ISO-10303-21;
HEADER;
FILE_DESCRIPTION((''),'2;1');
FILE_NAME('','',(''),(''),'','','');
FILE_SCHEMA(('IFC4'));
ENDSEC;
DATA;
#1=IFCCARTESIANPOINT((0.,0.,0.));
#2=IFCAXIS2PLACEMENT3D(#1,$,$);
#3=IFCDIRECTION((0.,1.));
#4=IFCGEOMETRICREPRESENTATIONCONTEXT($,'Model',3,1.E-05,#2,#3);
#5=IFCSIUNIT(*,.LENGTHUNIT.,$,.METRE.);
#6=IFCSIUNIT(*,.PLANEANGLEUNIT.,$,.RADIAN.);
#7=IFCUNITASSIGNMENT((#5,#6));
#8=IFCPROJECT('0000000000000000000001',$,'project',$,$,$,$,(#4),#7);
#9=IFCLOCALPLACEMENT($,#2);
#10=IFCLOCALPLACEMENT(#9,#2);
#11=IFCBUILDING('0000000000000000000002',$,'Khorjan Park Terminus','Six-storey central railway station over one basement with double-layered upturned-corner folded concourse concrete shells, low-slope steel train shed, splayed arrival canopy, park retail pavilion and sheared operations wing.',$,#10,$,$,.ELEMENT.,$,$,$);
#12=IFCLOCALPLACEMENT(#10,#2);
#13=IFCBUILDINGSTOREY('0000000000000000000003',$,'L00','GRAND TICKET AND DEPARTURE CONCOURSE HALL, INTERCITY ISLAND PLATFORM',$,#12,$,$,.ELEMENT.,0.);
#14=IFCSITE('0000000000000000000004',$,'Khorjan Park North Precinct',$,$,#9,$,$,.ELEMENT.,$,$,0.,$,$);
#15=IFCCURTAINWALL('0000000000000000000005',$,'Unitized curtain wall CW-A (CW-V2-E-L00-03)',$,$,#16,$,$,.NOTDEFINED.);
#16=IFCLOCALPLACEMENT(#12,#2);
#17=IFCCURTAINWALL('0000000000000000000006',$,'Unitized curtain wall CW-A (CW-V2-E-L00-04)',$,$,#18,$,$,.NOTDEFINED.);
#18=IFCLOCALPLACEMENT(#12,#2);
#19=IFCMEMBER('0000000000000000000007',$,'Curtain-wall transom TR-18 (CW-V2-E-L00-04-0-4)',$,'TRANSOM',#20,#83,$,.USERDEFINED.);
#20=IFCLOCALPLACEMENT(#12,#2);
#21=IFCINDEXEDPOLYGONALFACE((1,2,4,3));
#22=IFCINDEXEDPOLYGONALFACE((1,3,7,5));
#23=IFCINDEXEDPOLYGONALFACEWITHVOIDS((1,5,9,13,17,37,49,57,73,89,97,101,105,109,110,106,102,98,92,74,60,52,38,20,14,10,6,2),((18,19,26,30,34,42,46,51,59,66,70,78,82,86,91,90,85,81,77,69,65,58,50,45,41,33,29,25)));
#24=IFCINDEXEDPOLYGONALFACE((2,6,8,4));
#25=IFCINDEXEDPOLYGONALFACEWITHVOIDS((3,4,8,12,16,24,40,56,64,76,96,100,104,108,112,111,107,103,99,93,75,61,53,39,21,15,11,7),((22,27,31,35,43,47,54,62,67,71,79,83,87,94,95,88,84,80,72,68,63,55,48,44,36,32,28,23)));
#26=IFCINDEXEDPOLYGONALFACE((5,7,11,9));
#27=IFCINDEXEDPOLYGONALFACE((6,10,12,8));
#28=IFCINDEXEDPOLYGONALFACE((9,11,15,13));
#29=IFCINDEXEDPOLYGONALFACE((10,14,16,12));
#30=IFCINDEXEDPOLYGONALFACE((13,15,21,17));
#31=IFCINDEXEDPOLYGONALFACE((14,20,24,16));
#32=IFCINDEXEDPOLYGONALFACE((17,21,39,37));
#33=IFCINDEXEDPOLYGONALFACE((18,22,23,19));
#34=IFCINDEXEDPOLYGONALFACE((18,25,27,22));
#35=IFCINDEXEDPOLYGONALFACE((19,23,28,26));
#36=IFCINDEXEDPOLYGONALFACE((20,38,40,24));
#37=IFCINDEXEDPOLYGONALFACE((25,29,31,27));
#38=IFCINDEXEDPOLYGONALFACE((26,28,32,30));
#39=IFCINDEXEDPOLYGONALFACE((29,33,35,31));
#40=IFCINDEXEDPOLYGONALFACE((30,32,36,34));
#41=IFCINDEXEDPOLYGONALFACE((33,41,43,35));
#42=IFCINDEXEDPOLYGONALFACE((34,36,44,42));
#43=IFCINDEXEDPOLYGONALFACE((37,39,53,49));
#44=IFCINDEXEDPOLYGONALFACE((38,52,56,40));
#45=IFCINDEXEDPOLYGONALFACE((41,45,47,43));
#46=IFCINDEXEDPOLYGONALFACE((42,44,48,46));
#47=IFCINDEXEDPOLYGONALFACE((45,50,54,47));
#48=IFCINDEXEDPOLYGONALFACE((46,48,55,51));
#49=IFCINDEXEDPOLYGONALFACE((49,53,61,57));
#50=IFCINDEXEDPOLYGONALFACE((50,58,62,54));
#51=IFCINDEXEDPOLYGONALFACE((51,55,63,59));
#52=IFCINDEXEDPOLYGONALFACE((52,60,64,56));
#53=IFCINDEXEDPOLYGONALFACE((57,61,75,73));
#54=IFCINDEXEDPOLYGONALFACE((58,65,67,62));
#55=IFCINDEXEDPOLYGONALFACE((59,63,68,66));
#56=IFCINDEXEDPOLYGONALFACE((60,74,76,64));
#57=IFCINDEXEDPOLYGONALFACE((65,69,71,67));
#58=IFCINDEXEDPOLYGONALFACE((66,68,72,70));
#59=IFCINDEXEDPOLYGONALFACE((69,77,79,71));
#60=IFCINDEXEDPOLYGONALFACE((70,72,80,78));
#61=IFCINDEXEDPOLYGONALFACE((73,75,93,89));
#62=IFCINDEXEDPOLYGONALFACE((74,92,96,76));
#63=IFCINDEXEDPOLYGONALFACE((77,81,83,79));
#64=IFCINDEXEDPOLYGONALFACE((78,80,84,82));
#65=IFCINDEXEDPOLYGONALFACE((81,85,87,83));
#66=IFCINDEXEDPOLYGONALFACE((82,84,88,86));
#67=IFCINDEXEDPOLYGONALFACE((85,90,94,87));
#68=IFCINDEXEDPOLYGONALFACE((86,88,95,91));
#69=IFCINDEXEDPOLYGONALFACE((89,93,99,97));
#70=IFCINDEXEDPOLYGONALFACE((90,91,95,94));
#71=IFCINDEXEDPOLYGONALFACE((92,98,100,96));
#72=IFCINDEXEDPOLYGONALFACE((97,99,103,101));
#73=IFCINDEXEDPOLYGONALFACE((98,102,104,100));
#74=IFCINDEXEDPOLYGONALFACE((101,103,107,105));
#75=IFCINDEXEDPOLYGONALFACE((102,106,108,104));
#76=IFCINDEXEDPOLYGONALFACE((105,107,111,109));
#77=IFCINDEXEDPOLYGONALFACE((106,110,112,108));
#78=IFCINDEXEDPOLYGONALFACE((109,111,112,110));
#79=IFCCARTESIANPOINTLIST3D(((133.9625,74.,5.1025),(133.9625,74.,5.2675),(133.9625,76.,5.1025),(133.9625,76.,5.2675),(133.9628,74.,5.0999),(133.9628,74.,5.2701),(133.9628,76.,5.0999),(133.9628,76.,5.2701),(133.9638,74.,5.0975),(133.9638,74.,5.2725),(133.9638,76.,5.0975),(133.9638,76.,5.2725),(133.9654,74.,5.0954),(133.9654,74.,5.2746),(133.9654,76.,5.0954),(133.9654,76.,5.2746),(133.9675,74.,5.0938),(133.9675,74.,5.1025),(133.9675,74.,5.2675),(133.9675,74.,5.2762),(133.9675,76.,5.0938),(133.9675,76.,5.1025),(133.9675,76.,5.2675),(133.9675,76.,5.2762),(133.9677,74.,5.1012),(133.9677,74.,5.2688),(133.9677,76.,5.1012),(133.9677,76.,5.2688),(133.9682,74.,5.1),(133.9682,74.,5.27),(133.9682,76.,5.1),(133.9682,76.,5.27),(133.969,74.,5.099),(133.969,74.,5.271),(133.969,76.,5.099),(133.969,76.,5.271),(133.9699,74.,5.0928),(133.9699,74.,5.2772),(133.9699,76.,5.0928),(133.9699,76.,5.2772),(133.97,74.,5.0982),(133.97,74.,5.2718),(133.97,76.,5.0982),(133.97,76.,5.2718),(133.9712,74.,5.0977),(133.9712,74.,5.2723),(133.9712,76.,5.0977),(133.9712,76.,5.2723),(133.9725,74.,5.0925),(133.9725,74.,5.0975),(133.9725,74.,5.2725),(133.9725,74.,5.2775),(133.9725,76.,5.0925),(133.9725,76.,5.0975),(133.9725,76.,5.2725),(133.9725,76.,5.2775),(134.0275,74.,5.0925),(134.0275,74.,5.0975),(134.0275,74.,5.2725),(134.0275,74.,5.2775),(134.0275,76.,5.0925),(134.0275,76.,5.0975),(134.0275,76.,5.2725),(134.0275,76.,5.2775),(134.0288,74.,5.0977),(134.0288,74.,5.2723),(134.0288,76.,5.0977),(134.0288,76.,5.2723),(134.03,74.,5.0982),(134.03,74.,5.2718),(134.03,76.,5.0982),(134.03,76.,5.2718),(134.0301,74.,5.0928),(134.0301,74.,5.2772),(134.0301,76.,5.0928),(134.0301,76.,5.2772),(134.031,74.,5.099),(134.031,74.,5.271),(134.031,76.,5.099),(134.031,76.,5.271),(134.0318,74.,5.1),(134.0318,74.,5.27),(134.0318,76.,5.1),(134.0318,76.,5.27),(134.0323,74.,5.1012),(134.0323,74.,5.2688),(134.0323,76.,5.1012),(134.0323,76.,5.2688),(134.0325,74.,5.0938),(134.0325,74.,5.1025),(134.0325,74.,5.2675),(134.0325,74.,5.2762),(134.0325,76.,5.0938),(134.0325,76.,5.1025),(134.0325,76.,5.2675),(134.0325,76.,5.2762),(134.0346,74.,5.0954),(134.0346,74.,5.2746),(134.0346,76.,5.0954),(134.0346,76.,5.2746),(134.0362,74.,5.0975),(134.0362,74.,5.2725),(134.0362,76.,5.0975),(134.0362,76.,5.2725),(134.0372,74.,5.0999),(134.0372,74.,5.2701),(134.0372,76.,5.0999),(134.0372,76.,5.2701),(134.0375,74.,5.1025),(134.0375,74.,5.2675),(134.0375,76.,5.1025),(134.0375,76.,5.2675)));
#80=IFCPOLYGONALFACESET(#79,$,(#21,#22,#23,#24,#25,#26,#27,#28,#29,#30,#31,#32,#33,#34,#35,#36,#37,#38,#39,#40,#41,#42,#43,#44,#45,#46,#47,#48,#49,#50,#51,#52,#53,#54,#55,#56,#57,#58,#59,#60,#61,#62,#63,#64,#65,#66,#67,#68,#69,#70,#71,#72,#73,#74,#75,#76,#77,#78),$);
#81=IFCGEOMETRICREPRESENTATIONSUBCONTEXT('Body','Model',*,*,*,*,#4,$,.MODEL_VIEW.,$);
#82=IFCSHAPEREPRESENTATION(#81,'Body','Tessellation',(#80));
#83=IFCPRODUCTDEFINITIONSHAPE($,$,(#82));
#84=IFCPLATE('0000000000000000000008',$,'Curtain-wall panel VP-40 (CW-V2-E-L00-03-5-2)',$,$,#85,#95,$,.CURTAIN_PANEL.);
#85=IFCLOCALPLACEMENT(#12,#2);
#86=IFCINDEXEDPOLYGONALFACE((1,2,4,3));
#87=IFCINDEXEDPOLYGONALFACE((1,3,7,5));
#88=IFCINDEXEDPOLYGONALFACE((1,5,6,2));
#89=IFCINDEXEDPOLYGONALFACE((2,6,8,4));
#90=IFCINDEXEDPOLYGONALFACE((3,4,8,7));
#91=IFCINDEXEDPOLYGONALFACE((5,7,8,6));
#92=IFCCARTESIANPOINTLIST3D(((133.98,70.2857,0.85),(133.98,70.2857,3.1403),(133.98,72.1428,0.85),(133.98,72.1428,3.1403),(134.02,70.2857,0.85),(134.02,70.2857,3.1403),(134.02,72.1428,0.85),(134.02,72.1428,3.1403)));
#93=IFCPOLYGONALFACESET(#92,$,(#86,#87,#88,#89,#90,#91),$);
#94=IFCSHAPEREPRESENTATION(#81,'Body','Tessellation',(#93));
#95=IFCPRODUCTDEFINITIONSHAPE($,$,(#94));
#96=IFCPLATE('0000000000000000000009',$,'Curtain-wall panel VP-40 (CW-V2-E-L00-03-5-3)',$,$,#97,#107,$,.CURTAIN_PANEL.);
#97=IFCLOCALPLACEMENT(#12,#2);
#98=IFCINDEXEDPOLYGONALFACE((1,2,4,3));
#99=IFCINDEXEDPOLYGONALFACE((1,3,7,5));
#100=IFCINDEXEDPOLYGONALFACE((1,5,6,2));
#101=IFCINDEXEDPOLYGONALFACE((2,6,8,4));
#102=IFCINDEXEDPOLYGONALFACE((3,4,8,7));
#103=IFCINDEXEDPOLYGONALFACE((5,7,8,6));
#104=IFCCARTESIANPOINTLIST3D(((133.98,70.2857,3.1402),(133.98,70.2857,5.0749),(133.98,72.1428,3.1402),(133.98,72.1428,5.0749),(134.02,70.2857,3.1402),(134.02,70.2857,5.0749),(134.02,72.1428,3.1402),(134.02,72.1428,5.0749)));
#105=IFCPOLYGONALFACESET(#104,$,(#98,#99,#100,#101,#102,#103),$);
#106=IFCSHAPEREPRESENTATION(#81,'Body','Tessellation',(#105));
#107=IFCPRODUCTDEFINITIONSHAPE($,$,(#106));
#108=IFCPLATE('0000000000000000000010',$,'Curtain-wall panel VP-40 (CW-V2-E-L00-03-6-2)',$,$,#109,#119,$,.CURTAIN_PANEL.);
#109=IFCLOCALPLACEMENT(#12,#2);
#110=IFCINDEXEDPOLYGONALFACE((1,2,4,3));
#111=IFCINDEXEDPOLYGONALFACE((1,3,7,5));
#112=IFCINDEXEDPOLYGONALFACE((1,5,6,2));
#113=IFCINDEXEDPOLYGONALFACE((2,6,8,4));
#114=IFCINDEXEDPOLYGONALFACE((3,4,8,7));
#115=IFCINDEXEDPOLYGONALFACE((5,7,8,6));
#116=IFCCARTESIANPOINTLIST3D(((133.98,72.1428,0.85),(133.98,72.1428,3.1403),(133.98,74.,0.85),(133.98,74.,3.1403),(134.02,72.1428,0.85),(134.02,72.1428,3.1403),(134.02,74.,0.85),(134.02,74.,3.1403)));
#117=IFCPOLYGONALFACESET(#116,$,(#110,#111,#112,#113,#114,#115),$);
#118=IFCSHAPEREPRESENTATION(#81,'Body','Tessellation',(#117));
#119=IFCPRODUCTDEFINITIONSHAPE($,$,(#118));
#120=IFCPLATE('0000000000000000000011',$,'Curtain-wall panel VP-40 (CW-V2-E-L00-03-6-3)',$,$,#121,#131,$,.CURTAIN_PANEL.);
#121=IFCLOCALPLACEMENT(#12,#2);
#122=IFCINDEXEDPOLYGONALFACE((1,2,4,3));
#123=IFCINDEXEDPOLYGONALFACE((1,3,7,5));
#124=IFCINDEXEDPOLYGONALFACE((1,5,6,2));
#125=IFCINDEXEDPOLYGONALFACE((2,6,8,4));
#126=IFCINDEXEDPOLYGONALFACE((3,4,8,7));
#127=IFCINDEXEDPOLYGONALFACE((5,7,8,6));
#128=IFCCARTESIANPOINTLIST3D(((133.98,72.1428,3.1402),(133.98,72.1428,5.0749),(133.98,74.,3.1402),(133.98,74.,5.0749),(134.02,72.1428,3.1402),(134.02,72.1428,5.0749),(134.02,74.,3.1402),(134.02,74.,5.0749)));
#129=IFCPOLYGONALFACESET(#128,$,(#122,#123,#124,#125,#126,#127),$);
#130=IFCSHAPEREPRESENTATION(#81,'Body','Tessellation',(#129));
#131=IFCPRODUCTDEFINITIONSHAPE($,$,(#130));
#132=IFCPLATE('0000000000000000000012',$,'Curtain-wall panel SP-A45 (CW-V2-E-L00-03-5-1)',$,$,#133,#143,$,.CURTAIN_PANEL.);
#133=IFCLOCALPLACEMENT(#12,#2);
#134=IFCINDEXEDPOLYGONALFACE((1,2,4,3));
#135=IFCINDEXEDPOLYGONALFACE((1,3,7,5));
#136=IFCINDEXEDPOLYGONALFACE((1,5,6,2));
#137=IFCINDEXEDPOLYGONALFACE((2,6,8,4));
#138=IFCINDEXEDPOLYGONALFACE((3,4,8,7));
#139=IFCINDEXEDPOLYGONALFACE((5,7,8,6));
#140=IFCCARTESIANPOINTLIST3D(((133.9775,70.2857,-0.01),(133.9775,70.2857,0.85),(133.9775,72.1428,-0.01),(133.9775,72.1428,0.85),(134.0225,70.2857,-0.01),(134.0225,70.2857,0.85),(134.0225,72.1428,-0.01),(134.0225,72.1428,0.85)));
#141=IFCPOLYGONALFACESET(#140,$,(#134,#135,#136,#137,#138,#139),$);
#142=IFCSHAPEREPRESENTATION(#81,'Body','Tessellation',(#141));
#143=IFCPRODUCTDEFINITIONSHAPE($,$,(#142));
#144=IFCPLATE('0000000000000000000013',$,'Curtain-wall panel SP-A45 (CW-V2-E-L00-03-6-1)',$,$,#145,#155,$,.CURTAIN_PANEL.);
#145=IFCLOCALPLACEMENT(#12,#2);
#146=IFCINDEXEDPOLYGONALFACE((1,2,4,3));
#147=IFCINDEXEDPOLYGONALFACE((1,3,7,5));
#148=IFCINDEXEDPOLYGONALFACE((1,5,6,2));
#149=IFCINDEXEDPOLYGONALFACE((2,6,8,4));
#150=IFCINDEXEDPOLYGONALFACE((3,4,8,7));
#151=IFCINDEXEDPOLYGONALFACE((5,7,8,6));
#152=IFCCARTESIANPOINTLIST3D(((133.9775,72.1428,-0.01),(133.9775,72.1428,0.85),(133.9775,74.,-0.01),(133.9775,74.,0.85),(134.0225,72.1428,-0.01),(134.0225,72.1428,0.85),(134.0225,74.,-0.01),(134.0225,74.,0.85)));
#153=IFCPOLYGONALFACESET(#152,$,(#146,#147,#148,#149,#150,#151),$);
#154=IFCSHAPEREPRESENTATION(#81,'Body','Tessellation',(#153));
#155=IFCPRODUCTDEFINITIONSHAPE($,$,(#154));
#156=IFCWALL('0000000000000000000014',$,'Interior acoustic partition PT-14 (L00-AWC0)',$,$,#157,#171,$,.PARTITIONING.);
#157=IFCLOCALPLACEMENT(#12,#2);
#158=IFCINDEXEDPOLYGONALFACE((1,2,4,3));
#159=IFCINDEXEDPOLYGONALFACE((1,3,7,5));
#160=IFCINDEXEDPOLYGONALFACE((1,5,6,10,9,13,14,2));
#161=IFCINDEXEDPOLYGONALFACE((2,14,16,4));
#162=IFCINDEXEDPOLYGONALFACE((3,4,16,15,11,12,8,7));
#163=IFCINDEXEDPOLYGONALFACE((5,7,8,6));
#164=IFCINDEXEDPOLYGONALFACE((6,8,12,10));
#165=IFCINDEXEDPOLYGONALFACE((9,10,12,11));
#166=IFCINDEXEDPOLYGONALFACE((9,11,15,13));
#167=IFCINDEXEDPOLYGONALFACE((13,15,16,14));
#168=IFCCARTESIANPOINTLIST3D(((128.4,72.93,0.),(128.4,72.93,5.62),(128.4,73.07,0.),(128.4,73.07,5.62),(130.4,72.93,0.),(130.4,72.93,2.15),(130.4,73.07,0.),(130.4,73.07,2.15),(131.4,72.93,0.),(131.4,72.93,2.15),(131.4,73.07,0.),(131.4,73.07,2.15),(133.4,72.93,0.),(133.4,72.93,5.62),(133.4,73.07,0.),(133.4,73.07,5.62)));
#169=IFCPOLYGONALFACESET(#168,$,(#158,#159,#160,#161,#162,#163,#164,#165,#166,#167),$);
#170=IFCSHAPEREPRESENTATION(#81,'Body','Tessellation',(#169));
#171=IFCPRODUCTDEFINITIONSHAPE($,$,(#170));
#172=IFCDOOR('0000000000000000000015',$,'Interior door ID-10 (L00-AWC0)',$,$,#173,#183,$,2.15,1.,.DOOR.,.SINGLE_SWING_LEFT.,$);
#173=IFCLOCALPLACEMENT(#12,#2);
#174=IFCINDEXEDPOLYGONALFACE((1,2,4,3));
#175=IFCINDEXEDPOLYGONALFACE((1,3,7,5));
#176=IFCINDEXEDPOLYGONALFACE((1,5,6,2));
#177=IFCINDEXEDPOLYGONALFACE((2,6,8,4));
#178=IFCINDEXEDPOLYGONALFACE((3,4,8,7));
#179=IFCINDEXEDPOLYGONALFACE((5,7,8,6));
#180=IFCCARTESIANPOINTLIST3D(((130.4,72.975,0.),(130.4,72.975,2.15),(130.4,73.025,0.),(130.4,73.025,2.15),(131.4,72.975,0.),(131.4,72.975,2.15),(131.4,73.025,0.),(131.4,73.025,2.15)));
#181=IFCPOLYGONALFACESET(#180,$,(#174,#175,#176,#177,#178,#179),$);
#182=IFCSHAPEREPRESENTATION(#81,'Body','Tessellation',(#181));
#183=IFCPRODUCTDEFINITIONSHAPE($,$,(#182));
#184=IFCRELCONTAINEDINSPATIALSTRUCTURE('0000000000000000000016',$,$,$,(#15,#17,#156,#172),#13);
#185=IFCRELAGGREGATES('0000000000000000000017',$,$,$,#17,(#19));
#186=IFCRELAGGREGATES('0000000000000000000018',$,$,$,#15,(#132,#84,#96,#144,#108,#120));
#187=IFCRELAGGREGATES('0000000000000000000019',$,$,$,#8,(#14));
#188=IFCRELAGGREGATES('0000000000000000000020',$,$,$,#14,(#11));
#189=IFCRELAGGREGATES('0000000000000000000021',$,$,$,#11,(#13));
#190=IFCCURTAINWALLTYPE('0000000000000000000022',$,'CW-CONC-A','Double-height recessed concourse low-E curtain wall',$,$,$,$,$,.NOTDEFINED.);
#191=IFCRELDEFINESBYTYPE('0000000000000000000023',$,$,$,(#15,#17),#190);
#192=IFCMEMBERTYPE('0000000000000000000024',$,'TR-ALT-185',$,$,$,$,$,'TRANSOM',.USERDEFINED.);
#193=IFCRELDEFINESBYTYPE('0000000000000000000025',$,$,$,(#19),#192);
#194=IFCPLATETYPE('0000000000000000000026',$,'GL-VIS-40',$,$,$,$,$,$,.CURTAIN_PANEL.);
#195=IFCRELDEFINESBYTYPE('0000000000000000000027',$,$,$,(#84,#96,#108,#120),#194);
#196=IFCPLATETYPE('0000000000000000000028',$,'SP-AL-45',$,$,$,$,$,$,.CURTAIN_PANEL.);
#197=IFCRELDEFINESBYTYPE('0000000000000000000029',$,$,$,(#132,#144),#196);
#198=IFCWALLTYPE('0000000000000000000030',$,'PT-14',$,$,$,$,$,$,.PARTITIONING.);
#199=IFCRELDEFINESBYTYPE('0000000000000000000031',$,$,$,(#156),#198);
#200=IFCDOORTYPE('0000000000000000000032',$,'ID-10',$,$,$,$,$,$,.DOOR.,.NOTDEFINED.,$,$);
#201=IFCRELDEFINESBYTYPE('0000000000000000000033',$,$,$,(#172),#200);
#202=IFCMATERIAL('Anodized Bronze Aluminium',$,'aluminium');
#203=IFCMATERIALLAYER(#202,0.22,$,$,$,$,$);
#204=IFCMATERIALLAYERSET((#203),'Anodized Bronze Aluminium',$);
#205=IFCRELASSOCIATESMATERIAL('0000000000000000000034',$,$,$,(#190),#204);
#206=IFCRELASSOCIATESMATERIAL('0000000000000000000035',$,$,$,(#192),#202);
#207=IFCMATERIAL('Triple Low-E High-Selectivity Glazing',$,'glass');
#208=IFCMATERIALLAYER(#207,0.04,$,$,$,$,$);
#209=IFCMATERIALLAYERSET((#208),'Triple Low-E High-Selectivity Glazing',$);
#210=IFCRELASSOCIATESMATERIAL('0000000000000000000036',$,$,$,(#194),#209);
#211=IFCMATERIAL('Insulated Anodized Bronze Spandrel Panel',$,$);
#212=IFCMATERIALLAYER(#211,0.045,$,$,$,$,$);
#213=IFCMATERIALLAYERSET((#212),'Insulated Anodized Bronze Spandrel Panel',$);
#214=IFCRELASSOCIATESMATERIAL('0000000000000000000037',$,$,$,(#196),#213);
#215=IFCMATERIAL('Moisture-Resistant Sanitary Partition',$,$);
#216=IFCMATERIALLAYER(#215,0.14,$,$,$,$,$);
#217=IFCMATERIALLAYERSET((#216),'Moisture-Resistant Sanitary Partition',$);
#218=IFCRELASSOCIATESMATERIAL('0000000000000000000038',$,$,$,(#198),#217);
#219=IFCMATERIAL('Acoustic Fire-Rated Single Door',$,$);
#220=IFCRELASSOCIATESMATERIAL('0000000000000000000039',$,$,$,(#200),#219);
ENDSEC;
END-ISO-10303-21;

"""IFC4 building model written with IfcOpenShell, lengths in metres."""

from ifc_helpers import new_model, si_unit, direction, frame, frame_2d, origin, origin_2d, place, context, subcontext, project, spatial, rectangle, hollow_rectangle, extrude, material, layer, layer_set, material_profile, profile_set, type_object, element, fill, aggregate, save


model = new_model("IFC4")

# Units and contexts
model_context = context("Model", 3, precision=1e-05, world=origin(), true_north=direction((0.0, 1.0)))
body_context = subcontext(model_context, "Body", "Model", "MODEL_VIEW")
ifc_project = project(units=[si_unit("LENGTHUNIT", "METRE"), si_unit("PLANEANGLEUNIT", "RADIAN")], contexts=[model_context])

# Site, building, storey
site_placement = place(None, origin())
site = spatial("IfcSite", under=ifc_project, at=site_placement, Name="Khorjan Park North Precinct", CompositionType="ELEMENT", RefElevation=0.0)
building_placement = place(site_placement, origin())
building = spatial("IfcBuilding", under=site, at=building_placement, Name="Khorjan Park Terminus", Description="Six-storey central railway station over one basement with double-layered upturned-corner folded concourse concrete shells, low-slope steel train shed, splayed arrival canopy, park retail pavilion and sheared operations wing.", CompositionType="ELEMENT")
storey_placement = place(building_placement, origin())
storey = spatial("IfcBuildingStorey", under=building, at=storey_placement, Name="L00", Description="GRAND TICKET AND DEPARTURE CONCOURSE HALL, INTERCITY ISLAND PLATFORM", CompositionType="ELEMENT", Elevation=0.0)

# Curtain walls, member
ifc_material_1 = material(Name="Anodized Bronze Aluminium", Category="aluminium")
ifc_layer_1 = layer(ifc_material_1, 0.22)
ifc_layer_set_1 = layer_set([ifc_layer_1], Name="Anodized Bronze Aluminium")
curtain_wall_type = type_object("IfcCurtainWallType", Name="CW-CONC-A", Description="Double-height recessed concourse low-E curtain wall", PredefinedType="NOTDEFINED", material=ifc_layer_set_1)
curtain_wall_1_placement = place(storey_placement, origin())
curtain_wall_1 = element("IfcCurtainWall", 1, at=curtain_wall_1_placement, inside=storey, type_object=curtain_wall_type, Name="Unitized curtain wall CW-A (CW-V2-E-L00-03)", PredefinedType="NOTDEFINED")
ifc_material_profile_1 = material_profile(ifc_material_1, hollow_rectangle(XDim=0.075, YDim=0.185, WallThickness=0.005, InnerFilletRadius=0.005, OuterFilletRadius=0.01, at=origin_2d()), Name="ALT 75x185x5")
ifc_profile_set_1 = profile_set([ifc_material_profile_1], Name="Anodized Bronze Aluminium")
member_type_1 = type_object("IfcMemberType", Name="TR-ALT-185", ElementType="TRANSOM", PredefinedType="USERDEFINED", material=ifc_profile_set_1)
curtain_wall_2_placement = place(storey_placement, origin())
curtain_wall_2 = element("IfcCurtainWall", 2, at=curtain_wall_2_placement, inside=storey, type_object=curtain_wall_type, Name="Unitized curtain wall CW-A (CW-V2-E-L00-04)", PredefinedType="NOTDEFINED")
member_1_placement = place(storey_placement, frame((134.0, 74.0, 5.185), z_axis=(0.0, 1.0, 0.0), x_axis=(-1.0, 0.0, 0.0)))
member_1 = element("IfcMember", 3, at=member_1_placement, type_object=member_type_1, Name="Curtain-wall transom TR-18 (CW-V2-E-L00-04-0-4)", ObjectType="TRANSOM", PredefinedType="USERDEFINED", context=body_context, shape_type="SweptSolid", body=[
    extrude(hollow_rectangle(XDim=0.075, YDim=0.185, WallThickness=0.005, InnerFilletRadius=0.005, OuterFilletRadius=0.01, at=origin_2d()), origin(), (0.0, 0.0, 1.0), 2.0),
])
aggregate(curtain_wall_2, [member_1])

# Plates
ifc_material_2 = material(Name="Triple Low-E High-Selectivity Glazing", Category="glass")
ifc_layer_2 = layer(ifc_material_2, 0.04)
ifc_layer_set_2 = layer_set([ifc_layer_2], Name="Triple Low-E High-Selectivity Glazing")
plate_type_1 = type_object("IfcPlateType", Name="GL-VIS-40", PredefinedType="CURTAIN_PANEL", material=ifc_layer_set_2)
plate_1_placement = place(storey_placement, frame((134.0, 71.2143, 0.85), z_axis=(0.0, 0.0, 1.0), x_axis=(0.0, 1.0, 0.0)))
plate_1 = element("IfcPlate", 4, at=plate_1_placement, type_object=plate_type_1, Name="Curtain-wall panel VP-40 (CW-V2-E-L00-03-5-2)", PredefinedType="CURTAIN_PANEL", context=body_context, shape_type="SweptSolid", body=[
    extrude(rectangle(XDim=1.8571, YDim=0.04, at=origin_2d()), origin(), (0.0, 0.0, 1.0), 2.2903),
])
plate_2_placement = place(storey_placement, frame((134.0, 71.2143, 3.1402), z_axis=(0.0, 0.0, 1.0), x_axis=(0.0, 1.0, 0.0)))
plate_2 = element("IfcPlate", 5, at=plate_2_placement, type_object=plate_type_1, Name="Curtain-wall panel VP-40 (CW-V2-E-L00-03-5-3)", PredefinedType="CURTAIN_PANEL", context=body_context, shape_type="SweptSolid", body=[
    extrude(rectangle(XDim=1.8571, YDim=0.04, at=origin_2d()), origin(), (0.0, 0.0, 1.0), 1.9347),
])
plate_3_placement = place(storey_placement, frame((134.0, 73.0714, 0.85), z_axis=(0.0, 0.0, 1.0), x_axis=(0.0, 1.0, 0.0)))
plate_3 = element("IfcPlate", 6, at=plate_3_placement, type_object=plate_type_1, Name="Curtain-wall panel VP-40 (CW-V2-E-L00-03-6-2)", PredefinedType="CURTAIN_PANEL", context=body_context, shape_type="SweptSolid", body=[
    extrude(rectangle(XDim=1.8571, YDim=0.04, at=origin_2d()), origin(), (0.0, 0.0, 1.0), 2.2903),
])
plate_4_placement = place(storey_placement, frame((134.0, 73.0714, 3.1402), z_axis=(0.0, 0.0, 1.0), x_axis=(0.0, 1.0, 0.0)))
plate_4 = element("IfcPlate", 7, at=plate_4_placement, type_object=plate_type_1, Name="Curtain-wall panel VP-40 (CW-V2-E-L00-03-6-3)", PredefinedType="CURTAIN_PANEL", context=body_context, shape_type="SweptSolid", body=[
    extrude(rectangle(XDim=1.8571, YDim=0.04, at=origin_2d()), origin(), (0.0, 0.0, 1.0), 1.9347),
])
ifc_material_3 = material(Name="Insulated Anodized Bronze Spandrel Panel")
ifc_layer_3 = layer(ifc_material_3, 0.045)
ifc_layer_set_3 = layer_set([ifc_layer_3], Name="Insulated Anodized Bronze Spandrel Panel")
plate_type_2 = type_object("IfcPlateType", Name="SP-AL-45", PredefinedType="CURTAIN_PANEL", material=ifc_layer_set_3)
plate_5_placement = place(storey_placement, frame((134.0, 71.2143, -0.01), z_axis=(0.0, 0.0, 1.0), x_axis=(0.0, 1.0, 0.0)))
plate_5 = element("IfcPlate", 8, at=plate_5_placement, type_object=plate_type_2, Name="Curtain-wall panel SP-A45 (CW-V2-E-L00-03-5-1)", PredefinedType="CURTAIN_PANEL", context=body_context, shape_type="SweptSolid", body=[
    extrude(rectangle(XDim=1.8571, YDim=0.045, at=origin_2d()), origin(), (0.0, 0.0, 1.0), 0.86),
])
plate_6_placement = place(storey_placement, frame((134.0, 73.0714, -0.01), z_axis=(0.0, 0.0, 1.0), x_axis=(0.0, 1.0, 0.0)))
plate_6 = element("IfcPlate", 9, at=plate_6_placement, type_object=plate_type_2, Name="Curtain-wall panel SP-A45 (CW-V2-E-L00-03-6-1)", PredefinedType="CURTAIN_PANEL", context=body_context, shape_type="SweptSolid", body=[
    extrude(rectangle(XDim=1.8571, YDim=0.045, at=origin_2d()), origin(), (0.0, 0.0, 1.0), 0.86),
])
aggregate(curtain_wall_1, [plate_5, plate_1, plate_2, plate_6, plate_3, plate_4])

# Wall, opening, door
ifc_material_4 = material(Name="Moisture-Resistant Sanitary Partition")
ifc_layer_4 = layer(ifc_material_4, 0.14)
ifc_layer_set_4 = layer_set([ifc_layer_4], Name="Moisture-Resistant Sanitary Partition")
wall_type = type_object("IfcWallType", Name="PT-14", PredefinedType="PARTITIONING", material=ifc_layer_set_4)
wall_placement = place(storey_placement, frame((133.4, 73.0, 0.0), z_axis=(0.0, 0.0, 1.0), x_axis=(-1.0, 0.0, 0.0)))
wall = element("IfcWall", 10, at=wall_placement, inside=storey, type_object=wall_type, Name="Interior acoustic partition PT-14 (L00-AWC0)", PredefinedType="PARTITIONING", context=body_context, shape_type="SweptSolid", body=[
    extrude(rectangle(XDim=5.0, YDim=0.14, at=frame_2d((2.5, 0.0))), origin(), (0.0, 0.0, 1.0), 5.62),
])
opening_placement = place(wall_placement, frame((2.0, 0.0, 0.0)))
opening = element("IfcOpeningElement", 11, at=opening_placement, cuts=wall, PredefinedType="OPENING", context=body_context, shape_type="SweptSolid", body=[
    extrude(rectangle(XDim=1.0, YDim=2.15, at=frame_2d((0.5, 1.075))), frame((0.0, 0.08, 0.0), z_axis=(0.0, -1.0, 0.0), x_axis=(1.0, 0.0, 0.0)), (0.0, 0.0, 1.0), 0.16),
])
ifc_material_5 = material(Name="Acoustic Fire-Rated Single Door")
door_type = type_object("IfcDoorType", Name="ID-10", OperationType="NOTDEFINED", PredefinedType="DOOR", material=ifc_material_5)
door_placement = place(opening_placement, origin())
door = element("IfcDoor", 12, at=door_placement, inside=storey, type_object=door_type, Name="Interior door ID-10 (L00-AWC0)", OperationType="SINGLE_SWING_LEFT", OverallHeight=2.15, OverallWidth=1.0, PredefinedType="DOOR", context=body_context, shape_type="SweptSolid", body=[
    extrude(rectangle(XDim=1.0, YDim=2.15, at=frame_2d((0.5, 1.075))), frame((0.0, 0.025, 0.0), z_axis=(0.0, -1.0, 0.0), x_axis=(1.0, 0.0, 0.0)), (0.0, 0.0, 1.0), 0.05),
])
fill(opening, door)

save(model, "model.ifc")
